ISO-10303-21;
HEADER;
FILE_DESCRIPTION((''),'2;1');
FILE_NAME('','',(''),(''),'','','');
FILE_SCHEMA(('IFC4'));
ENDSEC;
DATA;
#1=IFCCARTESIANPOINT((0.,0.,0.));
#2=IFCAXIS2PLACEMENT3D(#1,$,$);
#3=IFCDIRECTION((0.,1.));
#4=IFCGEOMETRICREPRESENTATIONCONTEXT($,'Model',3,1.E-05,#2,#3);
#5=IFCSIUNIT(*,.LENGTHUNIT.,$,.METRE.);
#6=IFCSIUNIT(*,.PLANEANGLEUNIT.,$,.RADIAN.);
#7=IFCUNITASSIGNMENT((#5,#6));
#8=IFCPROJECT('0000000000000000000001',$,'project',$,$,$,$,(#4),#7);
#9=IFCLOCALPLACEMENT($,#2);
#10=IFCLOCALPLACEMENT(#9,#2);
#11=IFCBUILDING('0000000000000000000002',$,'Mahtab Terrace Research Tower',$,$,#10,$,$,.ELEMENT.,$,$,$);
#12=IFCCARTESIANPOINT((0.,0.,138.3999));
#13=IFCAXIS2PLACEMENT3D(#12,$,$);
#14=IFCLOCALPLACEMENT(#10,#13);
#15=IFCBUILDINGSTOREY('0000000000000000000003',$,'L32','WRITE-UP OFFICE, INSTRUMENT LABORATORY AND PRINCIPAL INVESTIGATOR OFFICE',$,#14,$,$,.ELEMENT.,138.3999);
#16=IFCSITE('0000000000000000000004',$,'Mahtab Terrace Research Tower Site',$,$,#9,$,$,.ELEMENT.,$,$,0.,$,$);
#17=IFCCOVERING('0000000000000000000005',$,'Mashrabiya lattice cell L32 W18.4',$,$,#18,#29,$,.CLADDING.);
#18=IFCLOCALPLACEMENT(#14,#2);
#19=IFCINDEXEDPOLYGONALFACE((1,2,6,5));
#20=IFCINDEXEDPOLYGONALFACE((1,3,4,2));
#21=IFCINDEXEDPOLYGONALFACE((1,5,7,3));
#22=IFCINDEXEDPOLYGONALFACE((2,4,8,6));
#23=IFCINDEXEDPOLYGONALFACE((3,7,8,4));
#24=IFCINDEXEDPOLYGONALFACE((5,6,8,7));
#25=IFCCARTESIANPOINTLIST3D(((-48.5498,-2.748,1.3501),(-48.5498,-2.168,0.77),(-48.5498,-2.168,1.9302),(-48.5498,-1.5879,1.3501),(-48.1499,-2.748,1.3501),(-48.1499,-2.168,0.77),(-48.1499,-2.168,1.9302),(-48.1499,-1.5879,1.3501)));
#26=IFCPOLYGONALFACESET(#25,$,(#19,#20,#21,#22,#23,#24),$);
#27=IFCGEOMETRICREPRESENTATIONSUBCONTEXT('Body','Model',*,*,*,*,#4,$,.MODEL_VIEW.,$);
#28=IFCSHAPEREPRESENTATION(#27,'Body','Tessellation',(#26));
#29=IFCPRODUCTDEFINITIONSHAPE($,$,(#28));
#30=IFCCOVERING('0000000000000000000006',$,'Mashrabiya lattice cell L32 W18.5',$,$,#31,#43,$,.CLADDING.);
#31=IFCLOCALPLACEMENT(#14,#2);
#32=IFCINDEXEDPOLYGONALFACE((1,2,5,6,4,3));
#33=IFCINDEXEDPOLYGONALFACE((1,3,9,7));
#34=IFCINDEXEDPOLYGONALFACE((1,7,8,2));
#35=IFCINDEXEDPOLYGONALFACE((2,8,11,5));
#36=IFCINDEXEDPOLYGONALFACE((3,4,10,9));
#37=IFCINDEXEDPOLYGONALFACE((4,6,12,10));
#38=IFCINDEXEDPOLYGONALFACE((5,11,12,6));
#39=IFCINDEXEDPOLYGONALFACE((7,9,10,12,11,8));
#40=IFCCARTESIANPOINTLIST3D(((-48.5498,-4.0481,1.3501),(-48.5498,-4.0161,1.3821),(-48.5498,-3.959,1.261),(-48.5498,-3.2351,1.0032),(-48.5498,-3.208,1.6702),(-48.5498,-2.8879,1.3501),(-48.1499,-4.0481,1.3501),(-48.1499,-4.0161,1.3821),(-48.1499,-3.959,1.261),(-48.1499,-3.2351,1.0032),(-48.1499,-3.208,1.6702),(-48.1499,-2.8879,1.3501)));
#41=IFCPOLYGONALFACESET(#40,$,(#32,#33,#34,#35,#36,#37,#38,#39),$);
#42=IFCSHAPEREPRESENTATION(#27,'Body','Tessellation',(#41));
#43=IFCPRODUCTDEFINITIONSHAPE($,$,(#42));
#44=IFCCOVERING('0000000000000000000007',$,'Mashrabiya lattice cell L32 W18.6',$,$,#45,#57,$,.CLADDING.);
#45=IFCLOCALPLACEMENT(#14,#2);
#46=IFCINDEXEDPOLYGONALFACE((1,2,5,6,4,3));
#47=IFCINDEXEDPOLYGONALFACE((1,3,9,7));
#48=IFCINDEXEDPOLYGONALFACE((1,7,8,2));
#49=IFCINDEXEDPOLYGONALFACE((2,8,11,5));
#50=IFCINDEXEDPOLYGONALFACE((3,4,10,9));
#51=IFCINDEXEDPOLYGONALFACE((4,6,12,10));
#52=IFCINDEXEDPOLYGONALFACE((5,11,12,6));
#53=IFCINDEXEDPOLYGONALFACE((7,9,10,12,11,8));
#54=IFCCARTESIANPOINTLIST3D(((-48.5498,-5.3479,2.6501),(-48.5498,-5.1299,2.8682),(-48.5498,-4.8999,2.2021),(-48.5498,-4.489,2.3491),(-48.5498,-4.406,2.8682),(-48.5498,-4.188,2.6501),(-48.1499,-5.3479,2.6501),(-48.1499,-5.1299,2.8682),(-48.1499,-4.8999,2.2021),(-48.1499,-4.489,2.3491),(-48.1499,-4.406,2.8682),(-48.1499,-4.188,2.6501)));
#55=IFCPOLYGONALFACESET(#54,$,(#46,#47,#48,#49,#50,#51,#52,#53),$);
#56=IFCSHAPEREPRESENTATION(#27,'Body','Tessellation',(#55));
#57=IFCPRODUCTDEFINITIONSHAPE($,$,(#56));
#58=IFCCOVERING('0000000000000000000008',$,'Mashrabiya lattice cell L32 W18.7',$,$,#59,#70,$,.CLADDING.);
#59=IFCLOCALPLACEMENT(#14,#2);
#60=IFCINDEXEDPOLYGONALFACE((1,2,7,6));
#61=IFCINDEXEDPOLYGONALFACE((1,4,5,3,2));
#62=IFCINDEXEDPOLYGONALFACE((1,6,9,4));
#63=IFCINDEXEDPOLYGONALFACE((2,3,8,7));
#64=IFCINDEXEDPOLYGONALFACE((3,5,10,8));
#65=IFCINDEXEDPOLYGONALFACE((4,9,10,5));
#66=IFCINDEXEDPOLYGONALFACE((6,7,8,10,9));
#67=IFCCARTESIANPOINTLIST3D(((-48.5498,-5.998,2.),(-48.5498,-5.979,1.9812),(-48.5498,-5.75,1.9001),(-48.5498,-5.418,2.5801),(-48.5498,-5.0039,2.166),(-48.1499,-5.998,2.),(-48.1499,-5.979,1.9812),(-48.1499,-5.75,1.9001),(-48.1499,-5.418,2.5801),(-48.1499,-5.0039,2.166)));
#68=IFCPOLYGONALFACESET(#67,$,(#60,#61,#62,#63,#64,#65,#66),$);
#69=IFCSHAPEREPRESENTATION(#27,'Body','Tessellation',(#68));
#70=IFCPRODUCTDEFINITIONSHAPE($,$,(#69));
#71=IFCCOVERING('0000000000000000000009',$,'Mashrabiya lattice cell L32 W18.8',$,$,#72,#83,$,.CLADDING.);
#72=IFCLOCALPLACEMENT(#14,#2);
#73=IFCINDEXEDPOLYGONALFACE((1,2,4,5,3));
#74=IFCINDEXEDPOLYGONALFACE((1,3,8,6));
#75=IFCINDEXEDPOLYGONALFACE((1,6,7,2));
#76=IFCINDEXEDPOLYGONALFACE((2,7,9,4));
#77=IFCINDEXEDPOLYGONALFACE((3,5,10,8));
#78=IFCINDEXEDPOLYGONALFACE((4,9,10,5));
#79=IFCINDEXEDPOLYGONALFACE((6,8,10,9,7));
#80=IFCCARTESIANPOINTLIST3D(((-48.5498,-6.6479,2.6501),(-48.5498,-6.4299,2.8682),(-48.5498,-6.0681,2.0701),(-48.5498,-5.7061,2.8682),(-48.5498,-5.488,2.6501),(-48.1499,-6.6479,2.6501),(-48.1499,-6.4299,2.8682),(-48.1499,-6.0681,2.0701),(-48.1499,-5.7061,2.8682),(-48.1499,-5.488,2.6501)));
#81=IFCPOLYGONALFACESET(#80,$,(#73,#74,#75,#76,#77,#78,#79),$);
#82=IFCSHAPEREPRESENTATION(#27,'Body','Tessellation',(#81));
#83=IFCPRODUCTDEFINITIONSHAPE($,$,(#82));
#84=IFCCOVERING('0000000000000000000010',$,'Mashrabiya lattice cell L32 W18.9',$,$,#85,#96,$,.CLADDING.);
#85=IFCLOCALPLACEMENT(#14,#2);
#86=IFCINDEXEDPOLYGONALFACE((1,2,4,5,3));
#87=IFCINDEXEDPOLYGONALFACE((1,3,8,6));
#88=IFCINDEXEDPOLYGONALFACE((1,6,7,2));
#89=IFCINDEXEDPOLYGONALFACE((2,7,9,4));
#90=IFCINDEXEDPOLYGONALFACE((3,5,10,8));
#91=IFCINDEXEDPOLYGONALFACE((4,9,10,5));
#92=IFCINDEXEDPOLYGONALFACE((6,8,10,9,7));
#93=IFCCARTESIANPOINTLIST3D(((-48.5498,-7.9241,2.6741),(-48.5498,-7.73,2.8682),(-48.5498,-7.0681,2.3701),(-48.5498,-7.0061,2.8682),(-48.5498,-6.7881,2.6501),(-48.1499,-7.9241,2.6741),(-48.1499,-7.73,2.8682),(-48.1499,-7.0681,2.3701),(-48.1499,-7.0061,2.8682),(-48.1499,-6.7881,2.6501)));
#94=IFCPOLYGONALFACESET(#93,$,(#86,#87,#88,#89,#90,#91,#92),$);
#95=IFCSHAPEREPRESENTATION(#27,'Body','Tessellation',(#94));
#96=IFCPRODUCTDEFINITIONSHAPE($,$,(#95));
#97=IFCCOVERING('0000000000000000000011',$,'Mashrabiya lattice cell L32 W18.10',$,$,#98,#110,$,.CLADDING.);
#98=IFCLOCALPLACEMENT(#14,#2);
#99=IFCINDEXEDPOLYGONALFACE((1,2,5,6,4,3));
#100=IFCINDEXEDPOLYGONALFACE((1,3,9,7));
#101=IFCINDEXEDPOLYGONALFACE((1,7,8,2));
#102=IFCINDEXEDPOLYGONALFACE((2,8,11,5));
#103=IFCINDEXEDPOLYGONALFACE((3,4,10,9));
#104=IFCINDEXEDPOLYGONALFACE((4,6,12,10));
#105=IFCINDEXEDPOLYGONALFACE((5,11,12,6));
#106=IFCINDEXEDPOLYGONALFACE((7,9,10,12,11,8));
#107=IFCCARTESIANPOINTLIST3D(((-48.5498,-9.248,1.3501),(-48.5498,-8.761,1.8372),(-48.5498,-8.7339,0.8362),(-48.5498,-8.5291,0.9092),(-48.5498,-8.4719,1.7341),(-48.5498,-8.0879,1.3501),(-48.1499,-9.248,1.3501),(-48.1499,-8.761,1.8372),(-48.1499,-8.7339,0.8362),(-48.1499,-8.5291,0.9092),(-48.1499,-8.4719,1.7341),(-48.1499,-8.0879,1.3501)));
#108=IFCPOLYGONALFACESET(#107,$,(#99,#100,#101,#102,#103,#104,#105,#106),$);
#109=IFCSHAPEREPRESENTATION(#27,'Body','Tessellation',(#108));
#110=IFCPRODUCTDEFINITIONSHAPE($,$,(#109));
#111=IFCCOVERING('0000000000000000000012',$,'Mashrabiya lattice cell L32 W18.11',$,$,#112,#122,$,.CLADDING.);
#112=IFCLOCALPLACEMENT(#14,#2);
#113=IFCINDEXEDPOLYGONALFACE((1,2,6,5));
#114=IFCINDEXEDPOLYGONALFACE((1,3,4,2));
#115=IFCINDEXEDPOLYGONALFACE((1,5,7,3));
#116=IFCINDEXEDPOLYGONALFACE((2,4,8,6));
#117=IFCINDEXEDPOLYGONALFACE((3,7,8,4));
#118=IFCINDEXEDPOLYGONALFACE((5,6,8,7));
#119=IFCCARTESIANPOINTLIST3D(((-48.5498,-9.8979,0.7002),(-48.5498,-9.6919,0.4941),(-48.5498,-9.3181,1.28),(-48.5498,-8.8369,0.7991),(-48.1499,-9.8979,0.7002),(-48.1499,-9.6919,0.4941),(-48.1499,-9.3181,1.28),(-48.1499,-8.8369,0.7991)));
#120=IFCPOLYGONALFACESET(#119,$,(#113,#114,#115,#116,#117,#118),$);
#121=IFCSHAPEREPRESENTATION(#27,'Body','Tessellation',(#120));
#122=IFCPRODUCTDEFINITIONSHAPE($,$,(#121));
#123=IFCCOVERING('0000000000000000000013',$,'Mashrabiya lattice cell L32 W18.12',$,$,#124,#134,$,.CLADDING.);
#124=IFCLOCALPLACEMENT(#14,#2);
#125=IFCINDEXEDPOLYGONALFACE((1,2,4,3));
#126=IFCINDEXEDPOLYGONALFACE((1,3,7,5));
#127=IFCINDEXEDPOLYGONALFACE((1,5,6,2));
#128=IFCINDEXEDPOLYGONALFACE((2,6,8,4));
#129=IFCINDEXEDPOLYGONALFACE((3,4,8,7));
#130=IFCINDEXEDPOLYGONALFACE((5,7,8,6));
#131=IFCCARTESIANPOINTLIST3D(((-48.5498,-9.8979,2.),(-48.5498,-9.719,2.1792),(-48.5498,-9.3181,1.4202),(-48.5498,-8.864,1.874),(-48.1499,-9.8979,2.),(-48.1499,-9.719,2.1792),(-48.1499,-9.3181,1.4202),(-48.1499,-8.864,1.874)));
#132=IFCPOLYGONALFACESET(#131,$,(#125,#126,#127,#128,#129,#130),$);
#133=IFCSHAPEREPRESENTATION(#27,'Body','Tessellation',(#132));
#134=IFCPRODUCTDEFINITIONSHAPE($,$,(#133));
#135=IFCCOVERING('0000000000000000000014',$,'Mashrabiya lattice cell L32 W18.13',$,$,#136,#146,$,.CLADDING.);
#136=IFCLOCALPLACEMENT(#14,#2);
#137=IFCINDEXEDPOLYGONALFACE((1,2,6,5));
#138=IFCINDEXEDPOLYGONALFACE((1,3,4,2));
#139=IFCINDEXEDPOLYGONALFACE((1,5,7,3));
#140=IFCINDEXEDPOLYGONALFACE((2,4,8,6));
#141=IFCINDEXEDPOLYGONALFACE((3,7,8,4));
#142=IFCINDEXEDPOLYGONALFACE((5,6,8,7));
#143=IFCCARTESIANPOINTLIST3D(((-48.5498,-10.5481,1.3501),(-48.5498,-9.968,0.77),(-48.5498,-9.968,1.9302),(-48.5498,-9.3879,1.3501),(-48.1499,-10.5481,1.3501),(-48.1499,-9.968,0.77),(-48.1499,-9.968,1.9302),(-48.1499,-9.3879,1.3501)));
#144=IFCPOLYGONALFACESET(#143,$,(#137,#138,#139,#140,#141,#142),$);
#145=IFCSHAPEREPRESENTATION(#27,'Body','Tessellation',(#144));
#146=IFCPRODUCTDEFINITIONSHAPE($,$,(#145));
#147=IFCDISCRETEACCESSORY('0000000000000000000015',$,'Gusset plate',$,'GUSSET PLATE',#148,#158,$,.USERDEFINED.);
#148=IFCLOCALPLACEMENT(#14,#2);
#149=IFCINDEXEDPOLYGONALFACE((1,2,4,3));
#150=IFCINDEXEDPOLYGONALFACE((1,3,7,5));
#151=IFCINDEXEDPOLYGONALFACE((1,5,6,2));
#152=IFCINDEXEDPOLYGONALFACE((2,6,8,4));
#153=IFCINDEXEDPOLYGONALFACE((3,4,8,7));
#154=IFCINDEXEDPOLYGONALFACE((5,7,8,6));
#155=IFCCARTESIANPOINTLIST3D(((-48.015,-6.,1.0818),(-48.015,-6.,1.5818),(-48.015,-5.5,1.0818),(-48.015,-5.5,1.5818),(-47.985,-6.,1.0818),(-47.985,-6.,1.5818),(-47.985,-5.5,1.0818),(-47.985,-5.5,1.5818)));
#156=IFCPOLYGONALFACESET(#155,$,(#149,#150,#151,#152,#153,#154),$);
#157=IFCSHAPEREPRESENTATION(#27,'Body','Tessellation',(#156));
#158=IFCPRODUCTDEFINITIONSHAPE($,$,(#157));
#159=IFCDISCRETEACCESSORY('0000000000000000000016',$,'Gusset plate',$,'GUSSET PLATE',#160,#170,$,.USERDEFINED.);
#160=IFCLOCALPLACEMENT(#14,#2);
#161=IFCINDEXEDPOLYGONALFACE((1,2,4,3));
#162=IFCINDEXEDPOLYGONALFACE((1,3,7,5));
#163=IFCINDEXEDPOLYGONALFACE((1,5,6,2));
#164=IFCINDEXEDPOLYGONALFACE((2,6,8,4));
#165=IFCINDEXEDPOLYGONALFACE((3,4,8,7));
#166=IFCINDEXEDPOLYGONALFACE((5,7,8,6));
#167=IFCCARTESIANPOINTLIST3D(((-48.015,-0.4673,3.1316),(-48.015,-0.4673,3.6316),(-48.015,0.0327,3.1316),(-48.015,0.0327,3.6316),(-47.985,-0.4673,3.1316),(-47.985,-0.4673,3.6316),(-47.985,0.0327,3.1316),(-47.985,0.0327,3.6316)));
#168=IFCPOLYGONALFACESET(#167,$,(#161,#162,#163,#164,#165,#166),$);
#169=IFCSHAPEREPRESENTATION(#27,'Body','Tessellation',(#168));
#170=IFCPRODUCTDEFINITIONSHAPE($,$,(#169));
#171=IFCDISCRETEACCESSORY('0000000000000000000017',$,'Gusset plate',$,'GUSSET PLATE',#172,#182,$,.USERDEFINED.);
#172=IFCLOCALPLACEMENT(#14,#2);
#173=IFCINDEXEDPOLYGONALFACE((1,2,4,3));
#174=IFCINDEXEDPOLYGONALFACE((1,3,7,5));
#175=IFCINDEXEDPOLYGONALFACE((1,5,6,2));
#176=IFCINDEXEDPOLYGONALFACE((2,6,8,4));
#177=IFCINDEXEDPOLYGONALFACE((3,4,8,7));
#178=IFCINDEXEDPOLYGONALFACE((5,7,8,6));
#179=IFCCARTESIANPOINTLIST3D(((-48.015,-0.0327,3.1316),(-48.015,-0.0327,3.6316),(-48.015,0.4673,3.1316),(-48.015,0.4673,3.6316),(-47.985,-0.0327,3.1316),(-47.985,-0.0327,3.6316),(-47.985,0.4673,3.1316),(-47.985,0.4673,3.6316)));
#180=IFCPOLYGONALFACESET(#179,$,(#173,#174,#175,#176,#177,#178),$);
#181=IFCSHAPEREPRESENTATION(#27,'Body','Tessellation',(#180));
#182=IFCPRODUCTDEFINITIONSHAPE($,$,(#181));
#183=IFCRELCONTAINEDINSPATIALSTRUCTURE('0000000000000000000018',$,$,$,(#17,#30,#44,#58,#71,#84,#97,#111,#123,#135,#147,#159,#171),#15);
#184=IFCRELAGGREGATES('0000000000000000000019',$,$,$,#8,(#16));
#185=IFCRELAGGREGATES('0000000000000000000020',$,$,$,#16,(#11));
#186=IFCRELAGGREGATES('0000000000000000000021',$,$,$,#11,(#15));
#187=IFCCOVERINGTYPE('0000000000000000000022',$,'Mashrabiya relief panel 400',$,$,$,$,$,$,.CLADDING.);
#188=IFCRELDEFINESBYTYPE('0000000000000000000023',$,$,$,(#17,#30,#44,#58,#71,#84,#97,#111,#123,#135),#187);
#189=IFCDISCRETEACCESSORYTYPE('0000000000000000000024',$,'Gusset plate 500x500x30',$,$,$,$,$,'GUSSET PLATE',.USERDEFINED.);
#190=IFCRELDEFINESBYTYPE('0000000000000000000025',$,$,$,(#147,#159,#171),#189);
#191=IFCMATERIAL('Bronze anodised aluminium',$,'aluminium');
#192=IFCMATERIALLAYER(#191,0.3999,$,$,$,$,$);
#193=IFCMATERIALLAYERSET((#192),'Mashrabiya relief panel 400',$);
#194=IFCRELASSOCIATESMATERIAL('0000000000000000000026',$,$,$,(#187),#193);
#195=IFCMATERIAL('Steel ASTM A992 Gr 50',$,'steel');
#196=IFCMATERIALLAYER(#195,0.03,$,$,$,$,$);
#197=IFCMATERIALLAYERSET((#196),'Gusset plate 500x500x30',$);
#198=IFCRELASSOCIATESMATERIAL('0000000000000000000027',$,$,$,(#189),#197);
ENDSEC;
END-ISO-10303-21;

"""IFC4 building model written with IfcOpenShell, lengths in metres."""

from ifc_helpers import new_model, si_unit, direction, frame, origin, origin_2d, place, context, subcontext, project, spatial, polyline, rectangle, outline, extrude, material, layer, layer_set, type_object, element, save


model = new_model("IFC4")

# Units and contexts
model_context = context("Model", 3, precision=1e-05, world=origin(), true_north=direction((0.0, 1.0)))
body_context = subcontext(model_context, "Body", "Model", "MODEL_VIEW")
ifc_project = project(units=[si_unit("LENGTHUNIT", "METRE"), si_unit("PLANEANGLEUNIT", "RADIAN")], contexts=[model_context])

# Site, building, storey
site_placement = place(None, origin())
site = spatial("IfcSite", under=ifc_project, at=site_placement, Name="Mahtab Terrace Research Tower Site", CompositionType="ELEMENT", RefElevation=0.0)
building_placement = place(site_placement, origin())
building = spatial("IfcBuilding", under=site, at=building_placement, Name="Mahtab Terrace Research Tower", CompositionType="ELEMENT")
storey_placement = place(building_placement, frame((0.0, 0.0, 138.3999)))
storey = spatial("IfcBuildingStorey", under=building, at=storey_placement, Name="L32", Description="WRITE-UP OFFICE, INSTRUMENT LABORATORY AND PRINCIPAL INVESTIGATOR OFFICE", CompositionType="ELEMENT", Elevation=138.3999)

# Shared definitions
ifc_material_1 = material(Name="Steel ASTM A992 Gr 50", Category="steel")

# Coverings
ifc_material_2 = material(Name="Bronze anodised aluminium", Category="aluminium")
ifc_layer_1 = layer(ifc_material_2, 0.3999)
ifc_layer_set_1 = layer_set([ifc_layer_1], Name="Mashrabiya relief panel 400")
covering_type = type_object("IfcCoveringType", Name="Mashrabiya relief panel 400", PredefinedType="CLADDING", material=ifc_layer_set_1)
covering_1_placement = place(storey_placement, frame((-48.1499, -2.168, 1.9302), z_axis=(1.0, 0.0, 0.0), x_axis=(0.0, -0.707107, -0.707107)))
element("IfcCovering", 1, at=covering_1_placement, inside=storey, type_object=covering_type, Name="Mashrabiya lattice cell L32 W18.4", PredefinedType="CLADDING", context=body_context, shape_type="SweptSolid", body=[
    extrude(outline(polyline([(0.0, 0.0), (0.8204, 0.0), (0.8204, 0.8204), (0.0, 0.8204), (0.0, 0.0)])), origin(), (0.0, 0.0, -1.0), 0.3999),
])
covering_2_placement = place(storey_placement, frame((-48.1499, -2.8879, 1.3501), z_axis=(1.0, 0.0, 0.0), x_axis=(0.0, -0.707107, 0.707107)))
element("IfcCovering", 2, at=covering_2_placement, inside=storey, type_object=covering_type, Name="Mashrabiya lattice cell L32 W18.5", PredefinedType="CLADDING", context=body_context, shape_type="SweptSolid", body=[
    extrude(outline(polyline([(0.0, 0.0), (0.4526, 0.0), (0.8204, 0.7751), (0.8204, 0.8204), (0.6943, 0.8204), (0.0002, 0.4908), (0.0, 0.0)])), origin(), (0.0, 0.0, -1.0), 0.3999),
])
covering_3_placement = place(storey_placement, frame((-48.1499, -4.188, 2.6501), z_axis=(1.0, 0.0, 0.0), x_axis=(0.0, -0.707107, 0.707107)))
element("IfcCovering", 3, at=covering_3_placement, inside=storey, type_object=covering_type, Name="Mashrabiya lattice cell L32 W18.6", PredefinedType="CLADDING", context=body_context, shape_type="SweptSolid", body=[
    extrude(outline(polyline([(0.0, 0.0), (0.3083, 0.0), (0.8202, 0.5119), (0.8202, 0.8202), (0.1866, 0.8202), (0.0, 0.4257), (0.0, 0.0)])), origin(), (0.0, 0.0, -1.0), 0.3999),
])
covering_4_placement = place(storey_placement, frame((-48.1499, -5.418, 2.5801), z_axis=(1.0, 0.0, 0.0), x_axis=(0.0, -0.707107, -0.707107)))
element("IfcCovering", 4, at=covering_4_placement, inside=storey, type_object=covering_type, Name="Mashrabiya lattice cell L32 W18.7", PredefinedType="CLADDING", context=body_context, shape_type="SweptSolid", body=[
    extrude(outline(polyline([(0.0, 0.0), (0.8204, 0.0), (0.8202, 0.0268), (0.7156, 0.246), (0.0, 0.5856), (0.0, 0.0)])), origin(), (0.0, 0.0, -1.0), 0.3999),
])
covering_5_placement = place(storey_placement, frame((-48.1499, -6.6479, 2.6501), z_axis=(1.0, 0.0, 0.0), x_axis=(0.0, 0.706958, -0.707256)))
element("IfcCovering", 5, at=covering_5_placement, inside=storey, type_object=covering_type, Name="Mashrabiya lattice cell L32 W18.8", PredefinedType="CLADDING", context=body_context, shape_type="SweptSolid", body=[
    extrude(outline(polyline([(0.0, 0.0), (0.8202, 0.0), (0.82, 0.8204), (0.5117, 0.8203), (-0.0001, 0.3083), (0.0, 0.0)])), origin(), (0.0, 0.0, -1.0), 0.3999),
])
covering_6_placement = place(storey_placement, frame((-48.1499, -6.7881, 2.6501), z_axis=(1.0, 0.0, 0.0), x_axis=(0.0, -0.707107, 0.707107)))
element("IfcCovering", 6, at=covering_6_placement, inside=storey, type_object=covering_type, Name="Mashrabiya lattice cell L32 W18.9", PredefinedType="CLADDING", context=body_context, shape_type="SweptSolid", body=[
    extrude(outline(polyline([(0.0, 0.0), (0.3083, 0.0), (0.8202, 0.5119), (0.8202, 0.7863), (0.0, 0.396), (0.0, 0.0)])), origin(), (0.0, 0.0, -1.0), 0.3999),
])
covering_7_placement = place(storey_placement, frame((-48.1499, -8.0879, 1.3501), z_axis=(1.0, 0.0, 0.0), x_axis=(0.0, -0.707107, 0.707107)))
element("IfcCovering", 7, at=covering_7_placement, inside=storey, type_object=covering_type, Name="Mashrabiya lattice cell L32 W18.10", PredefinedType="CLADDING", context=body_context, shape_type="SweptSolid", body=[
    extrude(outline(polyline([(0.0, 0.0), (0.5431, 0.0), (0.8204, 0.1315), (0.8204, 0.8204), (0.0934, 0.8202), (0.0002, 0.6237), (0.0, 0.0)])), origin(), (0.0, 0.0, -1.0), 0.3999),
])
covering_8_placement = place(storey_placement, frame((-48.1499, -9.3181, 1.28), z_axis=(1.0, 0.0, 0.0), x_axis=(0.0, -0.707107, -0.707107)))
element("IfcCovering", 8, at=covering_8_placement, inside=storey, type_object=covering_type, Name="Mashrabiya lattice cell L32 W18.11", PredefinedType="CLADDING", context=body_context, shape_type="SweptSolid", body=[
    extrude(outline(polyline([(0.0, 0.0), (0.82, 0.0), (0.82, 0.2914), (-0.0002, 0.6803), (0.0, 0.0)])), origin(), (0.0, 0.0, -1.0), 0.3999),
])
covering_9_placement = place(storey_placement, frame((-48.1499, -9.8979, 2.0), z_axis=(1.0, 0.0, 0.0), x_axis=(0.0, 0.707107, -0.707107)))
element("IfcCovering", 9, at=covering_9_placement, inside=storey, type_object=covering_type, Name="Mashrabiya lattice cell L32 W18.12", PredefinedType="CLADDING", context=body_context, shape_type="SweptSolid", body=[
    extrude(outline(polyline([(0.0, 0.0), (0.82, 0.0), (0.8202, 0.642), (-0.0002, 0.2533), (0.0, 0.0)])), origin(), (0.0, 0.0, -1.0), 0.3999),
])
covering_10_placement = place(storey_placement, frame((-48.1499, -9.968, 1.9302), z_axis=(1.0, 0.0, 0.0), x_axis=(0.0, -0.707107, -0.707107)))
element("IfcCovering", 10, at=covering_10_placement, inside=storey, type_object=covering_type, Name="Mashrabiya lattice cell L32 W18.13", PredefinedType="CLADDING", context=body_context, shape_type="SweptSolid", body=[
    extrude(outline(polyline([(0.0, 0.0), (0.8204, 0.0), (0.8204, 0.8204), (0.0, 0.8204), (0.0, 0.0)])), origin(), (0.0, 0.0, -1.0), 0.3999),
])

# Discrete accessories
ifc_layer_2 = layer(ifc_material_1, 0.03)
ifc_layer_set_2 = layer_set([ifc_layer_2], Name="Gusset plate 500x500x30")
discrete_accessory_type = type_object("IfcDiscreteAccessoryType", Name="Gusset plate 500x500x30", ElementType="GUSSET PLATE", PredefinedType="USERDEFINED", material=ifc_layer_set_2)
for number, where, z_axis, x_axis, name in (
    (11, (-48.0, -5.75, 1.0818), (0.0, 0.0, 1.0), (0.0, 1.0, 0.0), "Gusset plate"),
    (12, (-48.0, -0.2173, 3.1316), (0.0, 0.0, 1.0), (0.0, 1.0, 0.0), "Gusset plate"),
    (13, (-48.0, 0.2173, 3.1316), (0.0, 0.0, 1.0), (0.0, 1.0, 0.0), "Gusset plate"),
):
    element("IfcDiscreteAccessory", number, at=place(storey_placement, frame(where, z_axis=z_axis, x_axis=x_axis)), inside=storey, type_object=discrete_accessory_type, Name=name, ObjectType="GUSSET PLATE", PredefinedType="USERDEFINED", context=body_context, shape_type="SweptSolid", body=[
        extrude(rectangle(XDim=0.5, YDim=0.03, at=origin_2d()), origin(), (0.0, 0.0, 1.0), 0.5),
    ])

save(model, "model.ifc")
